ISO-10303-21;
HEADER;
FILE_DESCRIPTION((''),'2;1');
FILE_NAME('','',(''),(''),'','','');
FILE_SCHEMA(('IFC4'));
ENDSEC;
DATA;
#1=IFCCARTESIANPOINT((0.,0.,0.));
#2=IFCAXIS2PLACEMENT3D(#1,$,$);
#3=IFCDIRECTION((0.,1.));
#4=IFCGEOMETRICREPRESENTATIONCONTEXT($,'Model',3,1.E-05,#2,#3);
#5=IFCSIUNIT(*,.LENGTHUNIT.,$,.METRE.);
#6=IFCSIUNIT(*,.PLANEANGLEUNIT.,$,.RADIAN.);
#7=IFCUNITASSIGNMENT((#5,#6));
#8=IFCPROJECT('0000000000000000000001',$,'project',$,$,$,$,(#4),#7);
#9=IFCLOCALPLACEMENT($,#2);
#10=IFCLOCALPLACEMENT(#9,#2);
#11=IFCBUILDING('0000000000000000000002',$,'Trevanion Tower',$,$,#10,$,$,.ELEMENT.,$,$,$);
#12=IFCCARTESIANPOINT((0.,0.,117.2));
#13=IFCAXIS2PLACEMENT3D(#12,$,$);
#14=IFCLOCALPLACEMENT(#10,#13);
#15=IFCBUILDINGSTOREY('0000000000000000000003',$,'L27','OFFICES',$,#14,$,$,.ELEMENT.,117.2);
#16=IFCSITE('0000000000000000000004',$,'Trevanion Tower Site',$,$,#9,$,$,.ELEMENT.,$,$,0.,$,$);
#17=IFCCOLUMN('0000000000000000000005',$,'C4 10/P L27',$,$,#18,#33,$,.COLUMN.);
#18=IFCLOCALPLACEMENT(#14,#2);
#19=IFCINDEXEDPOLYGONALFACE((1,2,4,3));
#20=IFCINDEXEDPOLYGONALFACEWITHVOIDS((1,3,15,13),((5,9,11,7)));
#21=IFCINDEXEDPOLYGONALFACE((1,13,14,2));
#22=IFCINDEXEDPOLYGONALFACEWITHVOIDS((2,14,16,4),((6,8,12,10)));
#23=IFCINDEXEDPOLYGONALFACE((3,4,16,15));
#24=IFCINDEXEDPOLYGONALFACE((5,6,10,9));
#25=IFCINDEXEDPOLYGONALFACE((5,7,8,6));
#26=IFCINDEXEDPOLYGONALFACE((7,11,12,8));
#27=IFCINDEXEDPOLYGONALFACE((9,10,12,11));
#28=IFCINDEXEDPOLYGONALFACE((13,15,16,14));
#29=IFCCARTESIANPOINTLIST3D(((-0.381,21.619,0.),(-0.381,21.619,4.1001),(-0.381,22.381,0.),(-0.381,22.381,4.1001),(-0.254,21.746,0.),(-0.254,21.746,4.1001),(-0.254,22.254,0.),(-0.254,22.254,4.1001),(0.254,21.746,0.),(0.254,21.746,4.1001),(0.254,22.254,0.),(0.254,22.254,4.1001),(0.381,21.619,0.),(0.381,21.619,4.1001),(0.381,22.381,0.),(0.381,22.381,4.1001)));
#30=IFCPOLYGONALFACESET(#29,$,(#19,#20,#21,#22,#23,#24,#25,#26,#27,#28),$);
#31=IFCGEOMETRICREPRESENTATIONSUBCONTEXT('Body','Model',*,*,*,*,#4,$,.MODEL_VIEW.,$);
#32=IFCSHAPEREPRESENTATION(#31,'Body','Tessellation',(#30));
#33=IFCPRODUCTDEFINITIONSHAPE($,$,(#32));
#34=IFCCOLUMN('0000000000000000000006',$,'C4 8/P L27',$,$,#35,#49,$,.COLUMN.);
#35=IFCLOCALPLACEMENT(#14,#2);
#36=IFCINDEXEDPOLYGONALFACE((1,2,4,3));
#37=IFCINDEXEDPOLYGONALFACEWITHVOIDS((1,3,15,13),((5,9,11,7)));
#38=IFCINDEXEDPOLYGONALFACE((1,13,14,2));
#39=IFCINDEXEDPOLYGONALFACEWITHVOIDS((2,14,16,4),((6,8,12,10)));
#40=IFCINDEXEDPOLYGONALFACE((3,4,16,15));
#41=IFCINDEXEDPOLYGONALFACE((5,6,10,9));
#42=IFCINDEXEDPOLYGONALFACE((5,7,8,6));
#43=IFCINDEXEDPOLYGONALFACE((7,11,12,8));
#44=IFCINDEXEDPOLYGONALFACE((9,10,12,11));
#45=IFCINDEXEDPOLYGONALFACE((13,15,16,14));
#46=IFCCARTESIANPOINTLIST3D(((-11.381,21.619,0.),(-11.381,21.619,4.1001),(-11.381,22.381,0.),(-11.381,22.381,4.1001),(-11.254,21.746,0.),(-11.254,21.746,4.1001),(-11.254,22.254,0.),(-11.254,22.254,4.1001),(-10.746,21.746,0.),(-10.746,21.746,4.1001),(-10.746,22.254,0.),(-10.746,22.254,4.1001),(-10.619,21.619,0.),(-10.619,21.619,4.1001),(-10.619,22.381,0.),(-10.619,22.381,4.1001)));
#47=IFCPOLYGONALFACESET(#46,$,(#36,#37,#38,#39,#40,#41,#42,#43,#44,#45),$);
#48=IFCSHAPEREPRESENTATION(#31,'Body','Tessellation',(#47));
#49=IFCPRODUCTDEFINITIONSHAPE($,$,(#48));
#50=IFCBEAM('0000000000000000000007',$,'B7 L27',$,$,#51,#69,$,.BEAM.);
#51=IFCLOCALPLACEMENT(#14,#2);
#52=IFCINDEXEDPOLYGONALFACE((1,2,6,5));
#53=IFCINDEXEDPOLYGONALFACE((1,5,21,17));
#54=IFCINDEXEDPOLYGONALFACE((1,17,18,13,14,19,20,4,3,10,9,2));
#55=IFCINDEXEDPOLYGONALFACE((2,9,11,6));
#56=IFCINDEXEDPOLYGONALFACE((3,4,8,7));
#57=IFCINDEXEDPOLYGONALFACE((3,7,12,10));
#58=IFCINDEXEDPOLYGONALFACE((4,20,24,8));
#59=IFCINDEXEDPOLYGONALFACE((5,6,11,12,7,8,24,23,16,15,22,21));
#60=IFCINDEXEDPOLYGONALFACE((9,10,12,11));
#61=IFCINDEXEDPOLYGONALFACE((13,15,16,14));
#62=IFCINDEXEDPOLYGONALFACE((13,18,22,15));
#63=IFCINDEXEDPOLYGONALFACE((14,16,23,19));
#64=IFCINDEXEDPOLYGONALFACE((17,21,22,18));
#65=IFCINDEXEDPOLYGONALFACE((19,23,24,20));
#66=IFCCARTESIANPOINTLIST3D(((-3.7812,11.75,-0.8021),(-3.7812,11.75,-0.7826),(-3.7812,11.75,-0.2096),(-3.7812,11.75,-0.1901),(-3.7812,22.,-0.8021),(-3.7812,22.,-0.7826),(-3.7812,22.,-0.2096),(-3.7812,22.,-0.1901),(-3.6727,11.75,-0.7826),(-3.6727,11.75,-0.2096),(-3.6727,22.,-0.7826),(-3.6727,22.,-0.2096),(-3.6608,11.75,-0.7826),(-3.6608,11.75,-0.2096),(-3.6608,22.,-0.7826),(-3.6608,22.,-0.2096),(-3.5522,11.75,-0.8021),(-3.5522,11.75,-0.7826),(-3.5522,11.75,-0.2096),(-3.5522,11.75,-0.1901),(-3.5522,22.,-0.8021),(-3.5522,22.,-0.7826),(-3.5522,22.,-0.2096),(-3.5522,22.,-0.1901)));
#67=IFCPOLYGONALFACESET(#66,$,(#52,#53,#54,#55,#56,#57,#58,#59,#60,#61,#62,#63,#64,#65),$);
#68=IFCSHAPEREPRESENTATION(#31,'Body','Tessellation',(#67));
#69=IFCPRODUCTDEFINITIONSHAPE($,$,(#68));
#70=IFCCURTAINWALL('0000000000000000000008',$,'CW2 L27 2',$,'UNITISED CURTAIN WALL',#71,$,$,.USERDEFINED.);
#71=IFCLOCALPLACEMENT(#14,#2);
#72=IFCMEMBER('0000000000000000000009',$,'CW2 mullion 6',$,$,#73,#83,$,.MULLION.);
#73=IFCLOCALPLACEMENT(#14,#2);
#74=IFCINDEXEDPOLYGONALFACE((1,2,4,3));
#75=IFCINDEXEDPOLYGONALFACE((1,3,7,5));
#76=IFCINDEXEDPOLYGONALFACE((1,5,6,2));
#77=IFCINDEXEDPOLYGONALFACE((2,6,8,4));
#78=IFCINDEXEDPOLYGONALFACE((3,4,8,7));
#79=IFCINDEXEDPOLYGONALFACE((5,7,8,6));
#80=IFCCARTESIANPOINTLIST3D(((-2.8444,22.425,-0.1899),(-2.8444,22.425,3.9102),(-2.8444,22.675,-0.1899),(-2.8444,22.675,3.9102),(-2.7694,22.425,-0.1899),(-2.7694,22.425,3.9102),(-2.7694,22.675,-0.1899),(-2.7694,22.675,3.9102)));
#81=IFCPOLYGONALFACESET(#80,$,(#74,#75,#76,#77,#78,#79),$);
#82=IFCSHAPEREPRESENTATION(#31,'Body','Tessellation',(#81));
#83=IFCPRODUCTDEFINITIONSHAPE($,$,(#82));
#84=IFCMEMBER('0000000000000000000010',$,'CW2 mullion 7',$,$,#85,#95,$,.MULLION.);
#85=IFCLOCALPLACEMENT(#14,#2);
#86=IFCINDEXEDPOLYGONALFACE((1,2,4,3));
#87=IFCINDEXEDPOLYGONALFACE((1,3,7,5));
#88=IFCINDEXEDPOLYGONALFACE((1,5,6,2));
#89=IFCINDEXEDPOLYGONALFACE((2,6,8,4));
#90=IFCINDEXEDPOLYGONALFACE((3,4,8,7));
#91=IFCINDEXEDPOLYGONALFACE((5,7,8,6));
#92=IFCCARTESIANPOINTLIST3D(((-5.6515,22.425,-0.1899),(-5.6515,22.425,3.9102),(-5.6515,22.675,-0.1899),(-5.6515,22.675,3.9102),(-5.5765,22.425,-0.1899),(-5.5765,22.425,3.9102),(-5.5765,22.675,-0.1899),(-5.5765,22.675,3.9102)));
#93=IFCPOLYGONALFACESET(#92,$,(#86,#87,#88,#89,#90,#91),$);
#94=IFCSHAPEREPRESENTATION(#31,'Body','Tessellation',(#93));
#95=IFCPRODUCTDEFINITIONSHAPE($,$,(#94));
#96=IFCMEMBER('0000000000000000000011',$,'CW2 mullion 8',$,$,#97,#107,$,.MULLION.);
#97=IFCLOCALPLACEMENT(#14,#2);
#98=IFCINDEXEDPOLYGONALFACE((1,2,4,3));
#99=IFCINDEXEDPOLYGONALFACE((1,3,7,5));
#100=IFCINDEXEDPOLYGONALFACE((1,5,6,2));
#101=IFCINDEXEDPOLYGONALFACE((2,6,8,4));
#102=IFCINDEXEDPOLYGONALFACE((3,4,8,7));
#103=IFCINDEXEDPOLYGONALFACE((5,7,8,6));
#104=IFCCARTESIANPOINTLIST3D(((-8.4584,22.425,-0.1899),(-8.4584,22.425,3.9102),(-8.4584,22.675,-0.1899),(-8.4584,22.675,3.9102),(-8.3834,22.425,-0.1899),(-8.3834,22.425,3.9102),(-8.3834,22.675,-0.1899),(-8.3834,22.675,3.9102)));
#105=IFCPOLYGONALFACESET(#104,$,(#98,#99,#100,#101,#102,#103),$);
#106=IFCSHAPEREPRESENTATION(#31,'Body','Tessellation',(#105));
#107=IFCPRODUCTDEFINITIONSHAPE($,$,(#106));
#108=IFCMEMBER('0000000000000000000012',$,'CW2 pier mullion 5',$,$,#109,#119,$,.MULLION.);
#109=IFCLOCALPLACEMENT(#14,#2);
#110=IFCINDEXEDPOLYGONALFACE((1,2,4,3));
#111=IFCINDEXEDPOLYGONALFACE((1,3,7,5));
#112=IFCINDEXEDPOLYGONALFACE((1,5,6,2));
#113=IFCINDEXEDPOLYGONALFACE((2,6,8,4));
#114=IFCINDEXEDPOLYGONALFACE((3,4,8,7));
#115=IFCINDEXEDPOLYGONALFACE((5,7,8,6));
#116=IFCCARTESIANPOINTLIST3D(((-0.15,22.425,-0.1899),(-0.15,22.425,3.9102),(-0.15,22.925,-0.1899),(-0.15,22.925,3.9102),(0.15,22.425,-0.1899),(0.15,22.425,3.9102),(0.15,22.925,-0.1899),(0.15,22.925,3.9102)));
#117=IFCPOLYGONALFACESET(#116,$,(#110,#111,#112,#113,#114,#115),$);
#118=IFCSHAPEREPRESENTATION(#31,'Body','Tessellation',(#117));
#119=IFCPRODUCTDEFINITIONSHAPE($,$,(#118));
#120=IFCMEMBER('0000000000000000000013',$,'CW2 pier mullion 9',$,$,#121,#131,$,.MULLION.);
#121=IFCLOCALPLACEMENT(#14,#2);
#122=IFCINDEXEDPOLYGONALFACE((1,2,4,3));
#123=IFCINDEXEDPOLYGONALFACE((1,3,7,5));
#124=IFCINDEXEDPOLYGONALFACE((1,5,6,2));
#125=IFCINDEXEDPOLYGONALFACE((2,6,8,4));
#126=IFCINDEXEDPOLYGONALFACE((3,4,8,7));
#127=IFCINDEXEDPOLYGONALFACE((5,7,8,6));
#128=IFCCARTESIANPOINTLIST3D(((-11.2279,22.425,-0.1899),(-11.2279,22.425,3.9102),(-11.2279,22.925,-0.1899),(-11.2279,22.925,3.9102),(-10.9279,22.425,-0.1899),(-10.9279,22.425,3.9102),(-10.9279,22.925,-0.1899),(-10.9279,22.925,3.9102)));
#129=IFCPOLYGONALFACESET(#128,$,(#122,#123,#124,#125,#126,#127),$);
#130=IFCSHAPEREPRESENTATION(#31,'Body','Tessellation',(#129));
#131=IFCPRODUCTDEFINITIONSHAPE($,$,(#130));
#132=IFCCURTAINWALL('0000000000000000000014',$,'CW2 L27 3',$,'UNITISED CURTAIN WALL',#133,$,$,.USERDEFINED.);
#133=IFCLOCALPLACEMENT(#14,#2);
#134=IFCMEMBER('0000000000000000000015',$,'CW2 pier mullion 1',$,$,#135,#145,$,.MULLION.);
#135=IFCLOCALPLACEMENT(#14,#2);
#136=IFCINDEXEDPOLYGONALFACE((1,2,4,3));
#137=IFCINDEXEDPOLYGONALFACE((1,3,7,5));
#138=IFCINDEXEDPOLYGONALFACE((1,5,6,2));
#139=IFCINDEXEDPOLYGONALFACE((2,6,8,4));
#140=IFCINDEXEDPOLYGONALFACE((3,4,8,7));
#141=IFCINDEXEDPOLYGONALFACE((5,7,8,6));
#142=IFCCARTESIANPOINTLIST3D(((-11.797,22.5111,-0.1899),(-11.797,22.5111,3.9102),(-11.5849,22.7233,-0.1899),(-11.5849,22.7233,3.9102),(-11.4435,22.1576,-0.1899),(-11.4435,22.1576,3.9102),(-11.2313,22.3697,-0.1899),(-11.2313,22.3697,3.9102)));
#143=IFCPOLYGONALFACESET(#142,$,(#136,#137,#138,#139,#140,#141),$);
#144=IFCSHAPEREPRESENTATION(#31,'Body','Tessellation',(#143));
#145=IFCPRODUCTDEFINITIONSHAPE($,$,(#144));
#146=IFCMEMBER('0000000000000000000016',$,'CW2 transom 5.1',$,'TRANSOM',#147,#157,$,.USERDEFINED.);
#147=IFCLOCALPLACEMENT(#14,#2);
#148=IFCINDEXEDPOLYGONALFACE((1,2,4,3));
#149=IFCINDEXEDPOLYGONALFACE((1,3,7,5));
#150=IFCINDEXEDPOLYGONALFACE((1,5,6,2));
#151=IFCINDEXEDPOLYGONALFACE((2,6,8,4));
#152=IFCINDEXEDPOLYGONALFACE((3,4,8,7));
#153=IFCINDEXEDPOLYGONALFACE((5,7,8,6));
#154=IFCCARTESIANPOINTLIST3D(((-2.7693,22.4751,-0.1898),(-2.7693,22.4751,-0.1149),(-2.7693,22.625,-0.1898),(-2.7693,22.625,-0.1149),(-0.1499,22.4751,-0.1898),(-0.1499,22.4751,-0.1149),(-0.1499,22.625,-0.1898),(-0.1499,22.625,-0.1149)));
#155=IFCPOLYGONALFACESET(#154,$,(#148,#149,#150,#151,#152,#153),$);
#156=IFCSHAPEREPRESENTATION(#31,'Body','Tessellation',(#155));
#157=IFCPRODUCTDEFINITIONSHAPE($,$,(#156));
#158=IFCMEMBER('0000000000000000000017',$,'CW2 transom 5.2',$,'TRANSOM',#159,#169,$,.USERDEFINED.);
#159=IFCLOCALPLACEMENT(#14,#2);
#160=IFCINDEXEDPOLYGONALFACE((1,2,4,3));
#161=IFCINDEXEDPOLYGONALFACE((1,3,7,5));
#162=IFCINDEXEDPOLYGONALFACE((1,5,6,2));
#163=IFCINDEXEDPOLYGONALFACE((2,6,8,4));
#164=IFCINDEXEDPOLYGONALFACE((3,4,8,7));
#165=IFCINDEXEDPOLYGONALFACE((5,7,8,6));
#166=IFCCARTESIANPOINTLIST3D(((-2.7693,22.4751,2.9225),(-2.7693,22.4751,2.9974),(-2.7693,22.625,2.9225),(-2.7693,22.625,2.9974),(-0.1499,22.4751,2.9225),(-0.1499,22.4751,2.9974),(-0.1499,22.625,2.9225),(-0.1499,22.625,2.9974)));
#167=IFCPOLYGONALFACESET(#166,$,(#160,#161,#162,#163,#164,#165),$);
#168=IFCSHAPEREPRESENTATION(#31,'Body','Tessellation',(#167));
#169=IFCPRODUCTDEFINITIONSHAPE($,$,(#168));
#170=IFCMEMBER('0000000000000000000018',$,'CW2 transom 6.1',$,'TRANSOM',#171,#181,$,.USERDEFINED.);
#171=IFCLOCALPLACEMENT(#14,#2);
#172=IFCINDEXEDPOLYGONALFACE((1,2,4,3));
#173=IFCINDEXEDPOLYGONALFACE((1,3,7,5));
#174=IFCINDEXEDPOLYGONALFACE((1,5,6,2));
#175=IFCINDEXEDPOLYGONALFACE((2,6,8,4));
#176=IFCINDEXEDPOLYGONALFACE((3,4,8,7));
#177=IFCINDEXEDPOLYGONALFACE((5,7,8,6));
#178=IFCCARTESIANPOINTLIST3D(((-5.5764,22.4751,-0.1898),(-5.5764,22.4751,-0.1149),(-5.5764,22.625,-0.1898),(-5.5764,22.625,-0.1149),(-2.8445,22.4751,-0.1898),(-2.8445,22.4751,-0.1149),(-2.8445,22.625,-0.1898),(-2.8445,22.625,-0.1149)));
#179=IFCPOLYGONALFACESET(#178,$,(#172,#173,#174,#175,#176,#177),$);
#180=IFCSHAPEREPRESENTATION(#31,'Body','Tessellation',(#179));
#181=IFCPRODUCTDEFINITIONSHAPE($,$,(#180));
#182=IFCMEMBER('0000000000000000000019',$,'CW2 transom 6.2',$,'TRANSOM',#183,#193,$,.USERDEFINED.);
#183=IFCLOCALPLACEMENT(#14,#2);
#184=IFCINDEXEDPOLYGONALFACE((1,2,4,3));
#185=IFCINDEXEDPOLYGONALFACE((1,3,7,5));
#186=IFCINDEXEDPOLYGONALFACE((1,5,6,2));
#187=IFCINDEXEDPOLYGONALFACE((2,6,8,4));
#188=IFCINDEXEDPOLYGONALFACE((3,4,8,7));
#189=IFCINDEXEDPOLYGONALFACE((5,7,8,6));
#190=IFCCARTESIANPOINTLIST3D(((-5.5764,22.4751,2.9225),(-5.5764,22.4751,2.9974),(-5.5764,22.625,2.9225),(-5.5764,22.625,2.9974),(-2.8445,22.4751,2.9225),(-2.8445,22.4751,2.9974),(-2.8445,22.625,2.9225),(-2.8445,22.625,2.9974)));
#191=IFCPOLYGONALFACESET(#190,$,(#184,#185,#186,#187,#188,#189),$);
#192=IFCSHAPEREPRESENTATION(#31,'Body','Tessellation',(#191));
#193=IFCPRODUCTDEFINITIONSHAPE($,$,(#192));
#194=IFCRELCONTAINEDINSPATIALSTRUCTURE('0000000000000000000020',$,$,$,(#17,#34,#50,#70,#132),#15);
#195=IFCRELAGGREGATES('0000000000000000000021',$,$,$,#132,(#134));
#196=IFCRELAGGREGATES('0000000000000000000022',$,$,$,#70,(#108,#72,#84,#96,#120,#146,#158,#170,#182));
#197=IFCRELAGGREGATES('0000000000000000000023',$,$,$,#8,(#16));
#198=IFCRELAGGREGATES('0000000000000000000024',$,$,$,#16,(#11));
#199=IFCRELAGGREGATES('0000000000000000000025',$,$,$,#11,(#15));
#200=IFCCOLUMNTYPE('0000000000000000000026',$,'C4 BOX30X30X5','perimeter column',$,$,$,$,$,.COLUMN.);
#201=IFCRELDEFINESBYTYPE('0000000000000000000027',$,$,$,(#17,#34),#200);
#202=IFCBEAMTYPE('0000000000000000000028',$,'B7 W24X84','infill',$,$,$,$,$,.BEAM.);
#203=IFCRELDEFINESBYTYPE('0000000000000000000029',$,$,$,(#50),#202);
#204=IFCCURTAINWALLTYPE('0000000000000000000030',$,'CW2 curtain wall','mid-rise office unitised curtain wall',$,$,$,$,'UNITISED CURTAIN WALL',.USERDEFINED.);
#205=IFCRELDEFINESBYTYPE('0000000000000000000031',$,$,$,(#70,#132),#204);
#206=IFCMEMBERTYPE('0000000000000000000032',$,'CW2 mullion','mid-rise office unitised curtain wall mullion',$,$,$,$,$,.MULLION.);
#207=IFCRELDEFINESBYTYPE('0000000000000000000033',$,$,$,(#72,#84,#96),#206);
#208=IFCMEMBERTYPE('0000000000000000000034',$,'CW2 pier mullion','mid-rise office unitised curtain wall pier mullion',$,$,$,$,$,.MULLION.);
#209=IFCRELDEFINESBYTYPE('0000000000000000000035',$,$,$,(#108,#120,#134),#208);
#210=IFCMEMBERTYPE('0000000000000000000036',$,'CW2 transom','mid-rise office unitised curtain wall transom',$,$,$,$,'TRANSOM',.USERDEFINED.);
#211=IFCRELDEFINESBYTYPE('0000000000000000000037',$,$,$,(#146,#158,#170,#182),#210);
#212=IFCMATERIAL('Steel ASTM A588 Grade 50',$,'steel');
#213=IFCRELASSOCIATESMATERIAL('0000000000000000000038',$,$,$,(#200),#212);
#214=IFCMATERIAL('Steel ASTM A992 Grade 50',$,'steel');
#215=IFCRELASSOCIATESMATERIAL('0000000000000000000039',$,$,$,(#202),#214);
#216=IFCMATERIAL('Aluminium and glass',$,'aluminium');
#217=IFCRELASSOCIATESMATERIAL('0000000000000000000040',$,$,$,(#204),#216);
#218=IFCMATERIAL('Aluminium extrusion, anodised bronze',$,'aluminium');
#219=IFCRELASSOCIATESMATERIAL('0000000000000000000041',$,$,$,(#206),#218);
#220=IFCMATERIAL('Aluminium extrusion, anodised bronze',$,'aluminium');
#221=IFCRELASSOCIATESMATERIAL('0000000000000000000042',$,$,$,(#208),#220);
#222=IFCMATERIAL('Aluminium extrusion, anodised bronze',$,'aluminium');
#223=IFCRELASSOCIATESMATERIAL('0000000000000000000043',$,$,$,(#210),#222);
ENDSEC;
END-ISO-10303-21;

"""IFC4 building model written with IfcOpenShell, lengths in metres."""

from ifc_helpers import new_model, si_unit, direction, frame, origin, origin_2d, place, context, subcontext, project, spatial, rectangle, hollow_rectangle, i_section, extrude, material, material_profile, profile_set, type_object, element, aggregate, save


model = new_model("IFC4")

# Units and contexts
model_context = context("Model", 3, precision=1e-05, world=origin(), true_north=direction((0.0, 1.0)))
body_context = subcontext(model_context, "Body", "Model", "MODEL_VIEW")
ifc_project = project(units=[si_unit("LENGTHUNIT", "METRE"), si_unit("PLANEANGLEUNIT", "RADIAN")], contexts=[model_context])

# Site, building, storey
site_placement = place(None, origin())
site = spatial("IfcSite", under=ifc_project, at=site_placement, Name="Trevanion Tower Site", CompositionType="ELEMENT", RefElevation=0.0)
building_placement = place(site_placement, origin())
building = spatial("IfcBuilding", under=site, at=building_placement, Name="Trevanion Tower", CompositionType="ELEMENT")
storey_placement = place(building_placement, frame((0.0, 0.0, 117.2)))
storey = spatial("IfcBuildingStorey", under=building, at=storey_placement, Name="L27", Description="OFFICES", CompositionType="ELEMENT", Elevation=117.2)

# Columns
ifc_material_1 = material(Name="Steel ASTM A588 Grade 50", Category="steel")
ifc_material_profile_1 = material_profile(ifc_material_1, hollow_rectangle(XDim=0.762, YDim=0.762, WallThickness=0.127, at=origin_2d()), Name="BOX30X30X5")
ifc_profile_set_1 = profile_set([ifc_material_profile_1], Name="Steel ASTM A588 Grade 50")
column_type = type_object("IfcColumnType", Name="C4 BOX30X30X5", Description="perimeter column", PredefinedType="COLUMN", material=ifc_profile_set_1)
for number, where, z_axis, x_axis, name in (
    (1, (0.0, 22.0, 0.0), (0.0, 0.0, 1.0), (1.0, 0.0, 0.0), "C4 10/P L27"),
    (2, (-11.0, 22.0, 0.0), (0.0, 0.0, 1.0), (1.0, 0.0, 0.0), "C4 8/P L27"),
):
    element("IfcColumn", number, at=place(storey_placement, frame(where, z_axis=z_axis, x_axis=x_axis)), inside=storey, type_object=column_type, Name=name, PredefinedType="COLUMN", context=body_context, shape_type="SweptSolid", body=[
        extrude(hollow_rectangle(XDim=0.762, YDim=0.762, WallThickness=0.127, at=origin_2d()), origin(), (0.0, 0.0, 1.0), 4.1001),
    ])

# Beam
ifc_material_2 = material(Name="Steel ASTM A992 Grade 50", Category="steel")
ifc_material_profile_2 = material_profile(ifc_material_2, i_section(OverallWidth=0.229, OverallDepth=0.6121, WebThickness=0.012, FlangeThickness=0.0195, at=origin_2d()), Name="W24X84")
ifc_profile_set_2 = profile_set([ifc_material_profile_2], Name="Steel ASTM A992 Grade 50")
beam_type_1 = type_object("IfcBeamType", Name="B7 W24X84", Description="infill", PredefinedType="BEAM", material=ifc_profile_set_2)
beam_1_placement = place(storey_placement, frame((-3.6667, 11.75, -0.4961), z_axis=(0.0, 1.0, 0.0), x_axis=(-1.0, 0.0, 0.0)))
element("IfcBeam", 3, at=beam_1_placement, inside=storey, type_object=beam_type_1, Name="B7 L27", PredefinedType="BEAM", context=body_context, shape_type="SweptSolid", body=[
    extrude(i_section(OverallWidth=0.229, OverallDepth=0.6121, WebThickness=0.012, FlangeThickness=0.0195, at=origin_2d()), origin(), (0.0, 0.0, 1.0), 10.25),
])

# Curtain wall, members
ifc_material_3 = material(Name="Aluminium and glass", Category="aluminium")
curtain_wall_type = type_object("IfcCurtainWallType", Name="CW2 curtain wall", Description="mid-rise office unitised curtain wall", ElementType="UNITISED CURTAIN WALL", PredefinedType="USERDEFINED", material=ifc_material_3)
curtain_wall_1_placement = place(storey_placement, origin())
curtain_wall_1 = element("IfcCurtainWall", 4, at=curtain_wall_1_placement, inside=storey, type_object=curtain_wall_type, Name="CW2 L27 2", ObjectType="UNITISED CURTAIN WALL", PredefinedType="USERDEFINED")
ifc_material_4 = material(Name="Aluminium extrusion, anodised bronze", Category="aluminium")
ifc_material_profile_3 = material_profile(ifc_material_4, rectangle(XDim=0.075, YDim=0.25, at=origin_2d()), Name="CW2 mullion")
ifc_profile_set_3 = profile_set([ifc_material_profile_3], Name="Aluminium extrusion, anodised bronze")
member_type_1 = type_object("IfcMemberType", Name="CW2 mullion", Description="mid-rise office unitised curtain wall mullion", PredefinedType="MULLION", material=ifc_profile_set_3)
member_1_placement = place(storey_placement, frame((-2.8069, 22.55, -0.1899), z_axis=(0.0, 0.0, 1.0), x_axis=(-1.0, 0.0, 0.0)))
member_1 = element("IfcMember", 5, at=member_1_placement, type_object=member_type_1, Name="CW2 mullion 6", PredefinedType="MULLION", context=body_context, shape_type="SweptSolid", body=[
    extrude(rectangle(XDim=0.075, YDim=0.25, at=origin_2d()), origin(), (0.0, 0.0, 1.0), 4.1001),
])
member_2_placement = place(storey_placement, frame((-5.614, 22.55, -0.1899), z_axis=(0.0, 0.0, 1.0), x_axis=(-1.0, 0.0, 0.0)))
member_2 = element("IfcMember", 6, at=member_2_placement, type_object=member_type_1, Name="CW2 mullion 7", PredefinedType="MULLION", context=body_context, shape_type="SweptSolid", body=[
    extrude(rectangle(XDim=0.075, YDim=0.25, at=origin_2d()), origin(), (0.0, 0.0, 1.0), 4.1001),
])
member_3_placement = place(storey_placement, frame((-8.4209, 22.55, -0.1899), z_axis=(0.0, 0.0, 1.0), x_axis=(-1.0, 0.0, 0.0)))
member_3 = element("IfcMember", 7, at=member_3_placement, type_object=member_type_1, Name="CW2 mullion 8", PredefinedType="MULLION", context=body_context, shape_type="SweptSolid", body=[
    extrude(rectangle(XDim=0.075, YDim=0.25, at=origin_2d()), origin(), (0.0, 0.0, 1.0), 4.1001),
])
ifc_material_5 = material(Name="Aluminium extrusion, anodised bronze", Category="aluminium")
ifc_material_profile_4 = material_profile(ifc_material_5, rectangle(XDim=0.3, YDim=0.5, at=origin_2d()), Name="CW2 pier mullion")
ifc_profile_set_4 = profile_set([ifc_material_profile_4], Name="Aluminium extrusion, anodised bronze")
member_type_2 = type_object("IfcMemberType", Name="CW2 pier mullion", Description="mid-rise office unitised curtain wall pier mullion", PredefinedType="MULLION", material=ifc_profile_set_4)
member_4_placement = place(storey_placement, frame((0.0, 22.675, -0.1899), z_axis=(0.0, 0.0, 1.0), x_axis=(-1.0, 0.0, 0.0)))
member_4 = element("IfcMember", 8, at=member_4_placement, type_object=member_type_2, Name="CW2 pier mullion 5", PredefinedType="MULLION", context=body_context, shape_type="SweptSolid", body=[
    extrude(rectangle(XDim=0.3, YDim=0.5, at=origin_2d()), origin(), (0.0, 0.0, 1.0), 4.1001),
])
member_5_placement = place(storey_placement, frame((-11.0779, 22.675, -0.1899), z_axis=(0.0, 0.0, 1.0), x_axis=(-1.0, 0.0, 0.0)))
member_5 = element("IfcMember", 9, at=member_5_placement, type_object=member_type_2, Name="CW2 pier mullion 9", PredefinedType="MULLION", context=body_context, shape_type="SweptSolid", body=[
    extrude(rectangle(XDim=0.3, YDim=0.5, at=origin_2d()), origin(), (0.0, 0.0, 1.0), 4.1001),
])

# Curtain wall, member
curtain_wall_2_placement = place(storey_placement, origin())
curtain_wall_2 = element("IfcCurtainWall", 10, at=curtain_wall_2_placement, inside=storey, type_object=curtain_wall_type, Name="CW2 L27 3", ObjectType="UNITISED CURTAIN WALL", PredefinedType="USERDEFINED")
member_6_placement = place(storey_placement, frame((-11.5142, 22.4404, -0.1899), z_axis=(0.0, 0.0, 1.0), x_axis=(-0.707107, -0.707107, 0.0)))
member_6 = element("IfcMember", 11, at=member_6_placement, type_object=member_type_2, Name="CW2 pier mullion 1", PredefinedType="MULLION", context=body_context, shape_type="SweptSolid", body=[
    extrude(rectangle(XDim=0.3, YDim=0.5, at=origin_2d()), origin(), (0.0, 0.0, 1.0), 4.1001),
])
aggregate(curtain_wall_2, [member_6])

# Members
ifc_material_6 = material(Name="Aluminium extrusion, anodised bronze", Category="aluminium")
ifc_material_profile_5 = material_profile(ifc_material_6, rectangle(XDim=0.1499, YDim=0.075, at=origin_2d()), Name="CW2 transom")
ifc_profile_set_5 = profile_set([ifc_material_profile_5], Name="Aluminium extrusion, anodised bronze")
member_type_3 = type_object("IfcMemberType", Name="CW2 transom", Description="mid-rise office unitised curtain wall transom", ElementType="TRANSOM", PredefinedType="USERDEFINED", material=ifc_profile_set_5)
member_7_placement = place(storey_placement, frame((-0.1499, 22.55, -0.1523), z_axis=(-1.0, 0.0, 0.0), x_axis=(0.0, -1.0, 0.0)))
member_7 = element("IfcMember", 12, at=member_7_placement, type_object=member_type_3, Name="CW2 transom 5.1", ObjectType="TRANSOM", PredefinedType="USERDEFINED", context=body_context, shape_type="SweptSolid", body=[
    extrude(rectangle(XDim=0.1499, YDim=0.075, at=origin_2d()), origin(), (0.0, 0.0, 1.0), 2.6194),
])
member_8_placement = place(storey_placement, frame((-0.1499, 22.55, 2.96), z_axis=(-1.0, 0.0, 0.0), x_axis=(0.0, -1.0, 0.0)))
member_8 = element("IfcMember", 13, at=member_8_placement, type_object=member_type_3, Name="CW2 transom 5.2", ObjectType="TRANSOM", PredefinedType="USERDEFINED", context=body_context, shape_type="SweptSolid", body=[
    extrude(rectangle(XDim=0.1499, YDim=0.075, at=origin_2d()), origin(), (0.0, 0.0, 1.0), 2.6194),
])
member_9_placement = place(storey_placement, frame((-2.8445, 22.55, -0.1523), z_axis=(-1.0, 0.0, 0.0), x_axis=(0.0, -1.0, 0.0)))
member_9 = element("IfcMember", 14, at=member_9_placement, type_object=member_type_3, Name="CW2 transom 6.1", ObjectType="TRANSOM", PredefinedType="USERDEFINED", context=body_context, shape_type="SweptSolid", body=[
    extrude(rectangle(XDim=0.1499, YDim=0.075, at=origin_2d()), origin(), (0.0, 0.0, 1.0), 2.7319),
])
member_10_placement = place(storey_placement, frame((-2.8445, 22.55, 2.96), z_axis=(-1.0, 0.0, 0.0), x_axis=(0.0, -1.0, 0.0)))
member_10 = element("IfcMember", 15, at=member_10_placement, type_object=member_type_3, Name="CW2 transom 6.2", ObjectType="TRANSOM", PredefinedType="USERDEFINED", context=body_context, shape_type="SweptSolid", body=[
    extrude(rectangle(XDim=0.1499, YDim=0.075, at=origin_2d()), origin(), (0.0, 0.0, 1.0), 2.7319),
])

aggregate(curtain_wall_1, [member_4, member_1, member_2, member_3, member_5, member_7, member_8, member_9, member_10])

save(model, "model.ifc")
